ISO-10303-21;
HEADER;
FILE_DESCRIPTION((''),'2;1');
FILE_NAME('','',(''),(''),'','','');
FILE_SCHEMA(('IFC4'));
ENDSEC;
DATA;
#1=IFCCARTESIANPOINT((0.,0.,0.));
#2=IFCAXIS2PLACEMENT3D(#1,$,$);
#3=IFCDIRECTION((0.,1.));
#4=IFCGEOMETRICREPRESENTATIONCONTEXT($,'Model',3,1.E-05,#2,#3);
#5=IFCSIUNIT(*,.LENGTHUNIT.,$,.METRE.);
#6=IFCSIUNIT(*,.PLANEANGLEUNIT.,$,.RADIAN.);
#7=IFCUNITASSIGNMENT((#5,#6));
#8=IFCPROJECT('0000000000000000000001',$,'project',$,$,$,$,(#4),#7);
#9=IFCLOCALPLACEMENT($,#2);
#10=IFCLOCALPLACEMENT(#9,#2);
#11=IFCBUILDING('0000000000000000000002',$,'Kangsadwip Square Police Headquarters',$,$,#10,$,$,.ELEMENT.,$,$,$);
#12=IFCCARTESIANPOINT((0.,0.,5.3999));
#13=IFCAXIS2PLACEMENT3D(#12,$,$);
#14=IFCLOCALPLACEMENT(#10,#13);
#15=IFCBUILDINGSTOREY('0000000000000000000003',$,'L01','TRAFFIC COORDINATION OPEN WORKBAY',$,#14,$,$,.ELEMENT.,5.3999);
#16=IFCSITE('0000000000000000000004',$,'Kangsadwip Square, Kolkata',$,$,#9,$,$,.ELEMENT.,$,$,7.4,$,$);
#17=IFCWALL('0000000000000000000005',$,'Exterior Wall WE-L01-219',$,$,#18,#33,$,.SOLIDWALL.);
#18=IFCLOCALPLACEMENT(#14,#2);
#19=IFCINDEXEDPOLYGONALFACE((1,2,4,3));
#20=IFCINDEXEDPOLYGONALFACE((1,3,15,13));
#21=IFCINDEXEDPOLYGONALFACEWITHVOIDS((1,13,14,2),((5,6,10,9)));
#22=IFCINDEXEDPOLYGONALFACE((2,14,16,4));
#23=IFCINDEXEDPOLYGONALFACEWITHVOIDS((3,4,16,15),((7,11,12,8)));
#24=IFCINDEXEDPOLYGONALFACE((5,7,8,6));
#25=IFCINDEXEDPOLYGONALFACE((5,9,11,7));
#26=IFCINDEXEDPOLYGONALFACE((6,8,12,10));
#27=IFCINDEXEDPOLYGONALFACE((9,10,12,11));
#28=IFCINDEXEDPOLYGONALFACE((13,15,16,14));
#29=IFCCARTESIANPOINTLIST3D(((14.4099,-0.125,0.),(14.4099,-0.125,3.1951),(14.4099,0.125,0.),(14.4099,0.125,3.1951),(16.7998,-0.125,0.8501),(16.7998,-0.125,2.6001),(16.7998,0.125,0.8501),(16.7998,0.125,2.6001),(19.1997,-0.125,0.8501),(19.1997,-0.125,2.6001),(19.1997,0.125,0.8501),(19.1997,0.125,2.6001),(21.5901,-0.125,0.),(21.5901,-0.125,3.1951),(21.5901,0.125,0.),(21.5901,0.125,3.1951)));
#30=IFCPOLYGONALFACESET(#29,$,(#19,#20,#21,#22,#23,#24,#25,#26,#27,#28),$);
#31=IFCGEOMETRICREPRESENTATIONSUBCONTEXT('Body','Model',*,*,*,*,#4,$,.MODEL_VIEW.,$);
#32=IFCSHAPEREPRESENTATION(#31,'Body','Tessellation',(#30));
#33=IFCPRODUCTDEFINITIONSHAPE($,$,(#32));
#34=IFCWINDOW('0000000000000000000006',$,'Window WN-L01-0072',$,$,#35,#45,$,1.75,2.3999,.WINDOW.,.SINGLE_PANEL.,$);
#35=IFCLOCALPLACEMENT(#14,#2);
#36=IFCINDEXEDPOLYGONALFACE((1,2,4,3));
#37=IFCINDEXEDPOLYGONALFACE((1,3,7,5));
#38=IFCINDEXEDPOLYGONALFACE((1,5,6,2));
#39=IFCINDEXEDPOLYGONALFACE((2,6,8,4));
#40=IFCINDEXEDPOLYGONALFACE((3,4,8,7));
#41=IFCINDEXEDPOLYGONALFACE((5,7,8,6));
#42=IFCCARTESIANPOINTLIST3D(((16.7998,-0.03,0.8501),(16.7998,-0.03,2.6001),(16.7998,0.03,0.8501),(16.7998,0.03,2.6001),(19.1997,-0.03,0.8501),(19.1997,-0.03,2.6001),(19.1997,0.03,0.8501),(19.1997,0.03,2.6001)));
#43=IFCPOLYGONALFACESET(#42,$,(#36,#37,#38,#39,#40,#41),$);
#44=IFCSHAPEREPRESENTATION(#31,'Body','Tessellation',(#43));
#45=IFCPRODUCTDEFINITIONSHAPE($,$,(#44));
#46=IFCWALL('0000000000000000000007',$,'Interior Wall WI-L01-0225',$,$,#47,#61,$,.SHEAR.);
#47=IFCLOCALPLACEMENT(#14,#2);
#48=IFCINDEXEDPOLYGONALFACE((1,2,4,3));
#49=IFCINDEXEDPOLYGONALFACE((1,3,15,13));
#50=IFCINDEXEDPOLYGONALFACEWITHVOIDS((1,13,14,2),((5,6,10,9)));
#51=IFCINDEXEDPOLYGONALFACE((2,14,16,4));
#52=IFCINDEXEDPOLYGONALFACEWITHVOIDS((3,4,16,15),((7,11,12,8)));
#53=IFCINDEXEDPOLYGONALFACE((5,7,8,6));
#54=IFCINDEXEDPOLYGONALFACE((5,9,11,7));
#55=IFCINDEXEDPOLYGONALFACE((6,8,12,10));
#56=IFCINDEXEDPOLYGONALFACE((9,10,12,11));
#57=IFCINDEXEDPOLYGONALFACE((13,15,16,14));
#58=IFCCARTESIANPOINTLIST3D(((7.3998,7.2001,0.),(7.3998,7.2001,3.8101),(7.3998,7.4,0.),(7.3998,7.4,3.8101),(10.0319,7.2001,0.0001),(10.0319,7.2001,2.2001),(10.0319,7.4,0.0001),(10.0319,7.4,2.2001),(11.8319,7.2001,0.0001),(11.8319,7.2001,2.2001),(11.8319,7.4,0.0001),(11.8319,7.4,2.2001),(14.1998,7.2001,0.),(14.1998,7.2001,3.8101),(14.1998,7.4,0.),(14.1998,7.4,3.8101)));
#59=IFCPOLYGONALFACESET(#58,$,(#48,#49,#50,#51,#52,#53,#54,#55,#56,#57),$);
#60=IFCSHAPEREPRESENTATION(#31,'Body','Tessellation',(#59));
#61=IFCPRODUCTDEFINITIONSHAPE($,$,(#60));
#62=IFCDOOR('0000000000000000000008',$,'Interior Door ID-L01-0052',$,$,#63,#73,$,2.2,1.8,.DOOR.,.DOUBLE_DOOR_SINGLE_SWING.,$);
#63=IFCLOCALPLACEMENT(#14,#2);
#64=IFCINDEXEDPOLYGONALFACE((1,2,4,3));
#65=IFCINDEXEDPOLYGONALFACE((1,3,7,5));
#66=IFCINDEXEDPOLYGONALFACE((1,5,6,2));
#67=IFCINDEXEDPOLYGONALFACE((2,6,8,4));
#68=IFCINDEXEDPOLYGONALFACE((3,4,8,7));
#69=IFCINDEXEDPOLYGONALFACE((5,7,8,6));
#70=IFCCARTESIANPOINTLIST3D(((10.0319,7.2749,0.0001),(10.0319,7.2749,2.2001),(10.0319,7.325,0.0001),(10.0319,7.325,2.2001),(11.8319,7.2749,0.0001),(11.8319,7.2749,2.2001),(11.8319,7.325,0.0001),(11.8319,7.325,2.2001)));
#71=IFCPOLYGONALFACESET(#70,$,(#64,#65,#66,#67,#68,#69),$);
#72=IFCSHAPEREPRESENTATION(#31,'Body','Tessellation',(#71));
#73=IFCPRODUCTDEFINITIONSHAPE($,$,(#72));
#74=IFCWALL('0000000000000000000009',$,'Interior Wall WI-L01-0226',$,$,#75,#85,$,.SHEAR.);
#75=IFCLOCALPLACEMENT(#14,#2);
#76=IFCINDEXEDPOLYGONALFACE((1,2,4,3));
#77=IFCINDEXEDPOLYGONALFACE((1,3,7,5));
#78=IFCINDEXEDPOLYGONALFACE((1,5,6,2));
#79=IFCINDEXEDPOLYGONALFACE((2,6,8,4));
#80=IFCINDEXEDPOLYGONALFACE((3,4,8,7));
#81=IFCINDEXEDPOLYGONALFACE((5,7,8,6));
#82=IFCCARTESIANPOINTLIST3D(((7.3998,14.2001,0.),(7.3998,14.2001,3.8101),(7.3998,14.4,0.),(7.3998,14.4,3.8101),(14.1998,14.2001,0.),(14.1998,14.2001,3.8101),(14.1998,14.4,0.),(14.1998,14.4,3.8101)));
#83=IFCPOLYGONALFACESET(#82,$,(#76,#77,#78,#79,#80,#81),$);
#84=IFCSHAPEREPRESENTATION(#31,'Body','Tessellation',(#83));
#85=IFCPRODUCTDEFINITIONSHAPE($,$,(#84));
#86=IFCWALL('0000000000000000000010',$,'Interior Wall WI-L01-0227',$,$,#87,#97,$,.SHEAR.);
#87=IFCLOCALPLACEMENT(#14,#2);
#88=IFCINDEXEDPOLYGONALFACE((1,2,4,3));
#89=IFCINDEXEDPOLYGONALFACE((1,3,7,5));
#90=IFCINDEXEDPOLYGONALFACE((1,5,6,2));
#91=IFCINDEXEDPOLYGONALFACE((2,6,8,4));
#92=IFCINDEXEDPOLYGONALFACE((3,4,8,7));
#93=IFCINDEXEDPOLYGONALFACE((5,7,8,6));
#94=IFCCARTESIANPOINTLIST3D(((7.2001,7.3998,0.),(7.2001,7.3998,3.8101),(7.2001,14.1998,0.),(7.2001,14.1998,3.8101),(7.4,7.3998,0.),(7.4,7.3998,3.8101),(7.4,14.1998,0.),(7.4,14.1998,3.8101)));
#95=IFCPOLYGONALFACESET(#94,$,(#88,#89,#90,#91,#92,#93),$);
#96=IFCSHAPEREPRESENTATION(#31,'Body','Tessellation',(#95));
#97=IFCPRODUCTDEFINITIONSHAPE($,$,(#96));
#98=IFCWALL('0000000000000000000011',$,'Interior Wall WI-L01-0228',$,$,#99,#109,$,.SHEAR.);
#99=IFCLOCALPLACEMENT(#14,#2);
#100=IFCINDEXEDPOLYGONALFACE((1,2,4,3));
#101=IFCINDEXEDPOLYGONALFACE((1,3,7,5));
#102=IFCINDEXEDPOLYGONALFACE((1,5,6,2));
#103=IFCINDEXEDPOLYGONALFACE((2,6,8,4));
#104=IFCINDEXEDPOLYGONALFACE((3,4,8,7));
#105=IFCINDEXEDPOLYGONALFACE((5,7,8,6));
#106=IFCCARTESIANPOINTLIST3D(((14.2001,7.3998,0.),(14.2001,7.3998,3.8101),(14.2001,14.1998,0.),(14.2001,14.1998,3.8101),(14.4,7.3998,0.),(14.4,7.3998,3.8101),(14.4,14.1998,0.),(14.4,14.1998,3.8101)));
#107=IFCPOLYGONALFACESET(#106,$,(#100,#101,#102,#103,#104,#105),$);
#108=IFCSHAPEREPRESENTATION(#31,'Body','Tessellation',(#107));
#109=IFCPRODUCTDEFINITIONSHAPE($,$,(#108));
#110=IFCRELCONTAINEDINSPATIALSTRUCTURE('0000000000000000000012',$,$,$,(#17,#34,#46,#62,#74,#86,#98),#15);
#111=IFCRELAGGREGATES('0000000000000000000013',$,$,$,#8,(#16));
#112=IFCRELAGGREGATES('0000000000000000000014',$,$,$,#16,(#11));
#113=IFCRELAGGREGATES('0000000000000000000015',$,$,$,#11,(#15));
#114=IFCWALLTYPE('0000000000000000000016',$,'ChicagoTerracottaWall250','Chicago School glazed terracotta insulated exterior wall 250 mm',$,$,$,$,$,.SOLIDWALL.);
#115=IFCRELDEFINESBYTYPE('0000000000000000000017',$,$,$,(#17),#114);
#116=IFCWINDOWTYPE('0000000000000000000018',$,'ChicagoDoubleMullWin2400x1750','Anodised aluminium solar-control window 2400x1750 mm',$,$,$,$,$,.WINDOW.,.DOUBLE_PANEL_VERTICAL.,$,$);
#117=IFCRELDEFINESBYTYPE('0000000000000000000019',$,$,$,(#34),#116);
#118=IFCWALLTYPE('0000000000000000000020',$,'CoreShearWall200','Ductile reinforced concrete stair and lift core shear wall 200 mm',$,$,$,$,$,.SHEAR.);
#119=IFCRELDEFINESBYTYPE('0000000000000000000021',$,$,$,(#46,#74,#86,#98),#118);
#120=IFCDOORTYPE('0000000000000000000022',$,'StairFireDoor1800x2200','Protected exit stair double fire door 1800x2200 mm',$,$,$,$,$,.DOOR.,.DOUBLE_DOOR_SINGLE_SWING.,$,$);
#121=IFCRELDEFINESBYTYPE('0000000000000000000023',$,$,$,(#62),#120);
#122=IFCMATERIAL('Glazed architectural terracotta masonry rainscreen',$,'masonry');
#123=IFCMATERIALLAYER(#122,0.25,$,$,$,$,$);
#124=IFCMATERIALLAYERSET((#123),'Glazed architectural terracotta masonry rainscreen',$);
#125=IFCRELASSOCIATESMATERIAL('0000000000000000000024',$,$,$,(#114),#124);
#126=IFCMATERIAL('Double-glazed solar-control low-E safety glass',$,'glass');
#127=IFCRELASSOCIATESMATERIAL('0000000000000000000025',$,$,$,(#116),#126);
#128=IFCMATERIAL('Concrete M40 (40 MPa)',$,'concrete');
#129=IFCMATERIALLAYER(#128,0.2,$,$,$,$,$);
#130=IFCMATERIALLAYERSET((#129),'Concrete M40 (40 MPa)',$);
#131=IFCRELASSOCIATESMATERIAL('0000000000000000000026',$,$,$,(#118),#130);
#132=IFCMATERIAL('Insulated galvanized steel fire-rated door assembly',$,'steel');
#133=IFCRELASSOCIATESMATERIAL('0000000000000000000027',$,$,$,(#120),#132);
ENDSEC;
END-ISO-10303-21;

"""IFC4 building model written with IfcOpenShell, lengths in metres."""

from ifc_helpers import new_model, si_unit, direction, frame, frame_2d, origin, place, context, subcontext, project, spatial, rectangle, extrude, material, layer, layer_set, type_object, element, fill, save


model = new_model("IFC4")

# Units and contexts
model_context = context("Model", 3, precision=1e-05, world=origin(), true_north=direction((0.0, 1.0)))
body_context = subcontext(model_context, "Body", "Model", "MODEL_VIEW")
ifc_project = project(units=[si_unit("LENGTHUNIT", "METRE"), si_unit("PLANEANGLEUNIT", "RADIAN")], contexts=[model_context])

# Site, building, storey
site_placement = place(None, origin())
site = spatial("IfcSite", under=ifc_project, at=site_placement, Name="Kangsadwip Square, Kolkata", CompositionType="ELEMENT", RefElevation=7.4)
building_placement = place(site_placement, origin())
building = spatial("IfcBuilding", under=site, at=building_placement, Name="Kangsadwip Square Police Headquarters", CompositionType="ELEMENT")
storey_placement = place(building_placement, frame((0.0, 0.0, 5.3999)))
storey = spatial("IfcBuildingStorey", under=building, at=storey_placement, Name="L01", Description="TRAFFIC COORDINATION OPEN WORKBAY", CompositionType="ELEMENT", Elevation=5.3999)

# Wall, opening, window
ifc_material_1 = material(Name="Glazed architectural terracotta masonry rainscreen", Category="masonry")
ifc_layer_1 = layer(ifc_material_1, 0.25)
ifc_layer_set_1 = layer_set([ifc_layer_1], Name="Glazed architectural terracotta masonry rainscreen")
wall_type_1 = type_object("IfcWallType", Name="ChicagoTerracottaWall250", Description="Chicago School glazed terracotta insulated exterior wall 250 mm", PredefinedType="SOLIDWALL", material=ifc_layer_set_1)
wall_1_placement = place(storey_placement, frame((14.4099, 0.0, 0.0), z_axis=(0.0, 0.0, 1.0), x_axis=(1.0, 0.0, 0.0)))
wall_1 = element("IfcWall", 1, at=wall_1_placement, inside=storey, type_object=wall_type_1, Name="Exterior Wall WE-L01-219", PredefinedType="SOLIDWALL", context=body_context, shape_type="SweptSolid", body=[
    extrude(rectangle(XDim=7.1802, YDim=0.25, at=frame_2d((3.5901, 0.0))), origin(), (0.0, 0.0, 1.0), 3.1951),
])
opening_1_placement = place(wall_1_placement, frame((2.3899, 0.0, 0.8501)))
opening_1 = element("IfcOpeningElement", 2, at=opening_1_placement, cuts=wall_1, PredefinedType="OPENING", context=body_context, shape_type="SweptSolid", body=[
    extrude(rectangle(XDim=2.3999, YDim=1.75, at=frame_2d((1.2, 0.875))), frame((0.0, 0.135, 0.0), z_axis=(0.0, -1.0, 0.0), x_axis=(1.0, 0.0, 0.0)), (0.0, 0.0, 1.0), 0.27),
])
ifc_material_2 = material(Name="Double-glazed solar-control low-E safety glass", Category="glass")
window_type_1 = type_object("IfcWindowType", Name="ChicagoDoubleMullWin2400x1750", Description="Anodised aluminium solar-control window 2400x1750 mm", PartitioningType="DOUBLE_PANEL_VERTICAL", PredefinedType="WINDOW", material=ifc_material_2)
window_1_placement = place(opening_1_placement, origin())
window_1 = element("IfcWindow", 3, at=window_1_placement, inside=storey, type_object=window_type_1, Name="Window WN-L01-0072", OverallHeight=1.75, OverallWidth=2.3999, PartitioningType="SINGLE_PANEL", PredefinedType="WINDOW", context=body_context, shape_type="SweptSolid", body=[
    extrude(rectangle(XDim=2.3999, YDim=1.75, at=frame_2d((1.2, 0.875))), frame((0.0, 0.03, 0.0), z_axis=(0.0, -1.0, 0.0), x_axis=(1.0, 0.0, 0.0)), (0.0, 0.0, 1.0), 0.0601),
])
fill(opening_1, window_1)

# Wall, opening, door
ifc_material_3 = material(Name="Concrete M40 (40 MPa)", Category="concrete")
ifc_layer_2 = layer(ifc_material_3, 0.2)
ifc_layer_set_2 = layer_set([ifc_layer_2], Name="Concrete M40 (40 MPa)")
wall_type_2 = type_object("IfcWallType", Name="CoreShearWall200", Description="Ductile reinforced concrete stair and lift core shear wall 200 mm", PredefinedType="SHEAR", material=ifc_layer_set_2)
wall_2_placement = place(storey_placement, frame((7.3999, 7.3, 0.0), z_axis=(0.0, 0.0, 1.0), x_axis=(1.0, 0.0, 0.0)))
wall_2 = element("IfcWall", 4, at=wall_2_placement, inside=storey, type_object=wall_type_2, Name="Interior Wall WI-L01-0225", PredefinedType="SHEAR", context=body_context, shape_type="SweptSolid", body=[
    extrude(rectangle(XDim=6.8, YDim=0.2, at=frame_2d((3.3999, 0.0))), origin(), (0.0, 0.0, 1.0), 3.8101),
])
opening_2_placement = place(wall_2_placement, frame((2.6321, 0.0, 0.0)))
opening_2 = element("IfcOpeningElement", 5, at=opening_2_placement, cuts=wall_2, PredefinedType="OPENING", context=body_context, shape_type="SweptSolid", body=[
    extrude(rectangle(XDim=1.8, YDim=2.2, at=frame_2d((0.8999, 1.1001))), frame((0.0, 0.1099, 0.0), z_axis=(0.0, -1.0, 0.0), x_axis=(1.0, 0.0, 0.0)), (0.0, 0.0, 1.0), 0.22),
])
ifc_material_4 = material(Name="Insulated galvanized steel fire-rated door assembly", Category="steel")
door_type = type_object("IfcDoorType", Name="StairFireDoor1800x2200", Description="Protected exit stair double fire door 1800x2200 mm", OperationType="DOUBLE_DOOR_SINGLE_SWING", PredefinedType="DOOR", material=ifc_material_4)
door_placement = place(opening_2_placement, origin())
door = element("IfcDoor", 6, at=door_placement, inside=storey, type_object=door_type, Name="Interior Door ID-L01-0052", OperationType="DOUBLE_DOOR_SINGLE_SWING", OverallHeight=2.2, OverallWidth=1.8, PredefinedType="DOOR", context=body_context, shape_type="SweptSolid", body=[
    extrude(rectangle(XDim=1.8, YDim=2.2, at=frame_2d((0.8999, 1.1001))), frame((0.0, 0.0249, 0.0), z_axis=(0.0, -1.0, 0.0), x_axis=(1.0, 0.0, 0.0)), (0.0, 0.0, 1.0), 0.05),
])
fill(opening_2, door)

# Walls
for number, where, z_axis, x_axis, name in (
    (7, (7.3999, 14.3, 0.0), (0.0, 0.0, 1.0), (1.0, 0.0, 0.0), "Interior Wall WI-L01-0226"),
    (8, (7.3, 7.3999, 0.0), (0.0, 0.0, 1.0), (0.0, 1.0, 0.0), "Interior Wall WI-L01-0227"),
    (9, (14.3, 7.3999, 0.0), (0.0, 0.0, 1.0), (0.0, 1.0, 0.0), "Interior Wall WI-L01-0228"),
):
    element("IfcWall", number, at=place(storey_placement, frame(where, z_axis=z_axis, x_axis=x_axis)), inside=storey, type_object=wall_type_2, Name=name, PredefinedType="SHEAR", context=body_context, shape_type="SweptSolid", body=[
        extrude(rectangle(XDim=6.8, YDim=0.2, at=frame_2d((3.3999, 0.0))), origin(), (0.0, 0.0, 1.0), 3.8101),
    ])

save(model, "model.ifc")
